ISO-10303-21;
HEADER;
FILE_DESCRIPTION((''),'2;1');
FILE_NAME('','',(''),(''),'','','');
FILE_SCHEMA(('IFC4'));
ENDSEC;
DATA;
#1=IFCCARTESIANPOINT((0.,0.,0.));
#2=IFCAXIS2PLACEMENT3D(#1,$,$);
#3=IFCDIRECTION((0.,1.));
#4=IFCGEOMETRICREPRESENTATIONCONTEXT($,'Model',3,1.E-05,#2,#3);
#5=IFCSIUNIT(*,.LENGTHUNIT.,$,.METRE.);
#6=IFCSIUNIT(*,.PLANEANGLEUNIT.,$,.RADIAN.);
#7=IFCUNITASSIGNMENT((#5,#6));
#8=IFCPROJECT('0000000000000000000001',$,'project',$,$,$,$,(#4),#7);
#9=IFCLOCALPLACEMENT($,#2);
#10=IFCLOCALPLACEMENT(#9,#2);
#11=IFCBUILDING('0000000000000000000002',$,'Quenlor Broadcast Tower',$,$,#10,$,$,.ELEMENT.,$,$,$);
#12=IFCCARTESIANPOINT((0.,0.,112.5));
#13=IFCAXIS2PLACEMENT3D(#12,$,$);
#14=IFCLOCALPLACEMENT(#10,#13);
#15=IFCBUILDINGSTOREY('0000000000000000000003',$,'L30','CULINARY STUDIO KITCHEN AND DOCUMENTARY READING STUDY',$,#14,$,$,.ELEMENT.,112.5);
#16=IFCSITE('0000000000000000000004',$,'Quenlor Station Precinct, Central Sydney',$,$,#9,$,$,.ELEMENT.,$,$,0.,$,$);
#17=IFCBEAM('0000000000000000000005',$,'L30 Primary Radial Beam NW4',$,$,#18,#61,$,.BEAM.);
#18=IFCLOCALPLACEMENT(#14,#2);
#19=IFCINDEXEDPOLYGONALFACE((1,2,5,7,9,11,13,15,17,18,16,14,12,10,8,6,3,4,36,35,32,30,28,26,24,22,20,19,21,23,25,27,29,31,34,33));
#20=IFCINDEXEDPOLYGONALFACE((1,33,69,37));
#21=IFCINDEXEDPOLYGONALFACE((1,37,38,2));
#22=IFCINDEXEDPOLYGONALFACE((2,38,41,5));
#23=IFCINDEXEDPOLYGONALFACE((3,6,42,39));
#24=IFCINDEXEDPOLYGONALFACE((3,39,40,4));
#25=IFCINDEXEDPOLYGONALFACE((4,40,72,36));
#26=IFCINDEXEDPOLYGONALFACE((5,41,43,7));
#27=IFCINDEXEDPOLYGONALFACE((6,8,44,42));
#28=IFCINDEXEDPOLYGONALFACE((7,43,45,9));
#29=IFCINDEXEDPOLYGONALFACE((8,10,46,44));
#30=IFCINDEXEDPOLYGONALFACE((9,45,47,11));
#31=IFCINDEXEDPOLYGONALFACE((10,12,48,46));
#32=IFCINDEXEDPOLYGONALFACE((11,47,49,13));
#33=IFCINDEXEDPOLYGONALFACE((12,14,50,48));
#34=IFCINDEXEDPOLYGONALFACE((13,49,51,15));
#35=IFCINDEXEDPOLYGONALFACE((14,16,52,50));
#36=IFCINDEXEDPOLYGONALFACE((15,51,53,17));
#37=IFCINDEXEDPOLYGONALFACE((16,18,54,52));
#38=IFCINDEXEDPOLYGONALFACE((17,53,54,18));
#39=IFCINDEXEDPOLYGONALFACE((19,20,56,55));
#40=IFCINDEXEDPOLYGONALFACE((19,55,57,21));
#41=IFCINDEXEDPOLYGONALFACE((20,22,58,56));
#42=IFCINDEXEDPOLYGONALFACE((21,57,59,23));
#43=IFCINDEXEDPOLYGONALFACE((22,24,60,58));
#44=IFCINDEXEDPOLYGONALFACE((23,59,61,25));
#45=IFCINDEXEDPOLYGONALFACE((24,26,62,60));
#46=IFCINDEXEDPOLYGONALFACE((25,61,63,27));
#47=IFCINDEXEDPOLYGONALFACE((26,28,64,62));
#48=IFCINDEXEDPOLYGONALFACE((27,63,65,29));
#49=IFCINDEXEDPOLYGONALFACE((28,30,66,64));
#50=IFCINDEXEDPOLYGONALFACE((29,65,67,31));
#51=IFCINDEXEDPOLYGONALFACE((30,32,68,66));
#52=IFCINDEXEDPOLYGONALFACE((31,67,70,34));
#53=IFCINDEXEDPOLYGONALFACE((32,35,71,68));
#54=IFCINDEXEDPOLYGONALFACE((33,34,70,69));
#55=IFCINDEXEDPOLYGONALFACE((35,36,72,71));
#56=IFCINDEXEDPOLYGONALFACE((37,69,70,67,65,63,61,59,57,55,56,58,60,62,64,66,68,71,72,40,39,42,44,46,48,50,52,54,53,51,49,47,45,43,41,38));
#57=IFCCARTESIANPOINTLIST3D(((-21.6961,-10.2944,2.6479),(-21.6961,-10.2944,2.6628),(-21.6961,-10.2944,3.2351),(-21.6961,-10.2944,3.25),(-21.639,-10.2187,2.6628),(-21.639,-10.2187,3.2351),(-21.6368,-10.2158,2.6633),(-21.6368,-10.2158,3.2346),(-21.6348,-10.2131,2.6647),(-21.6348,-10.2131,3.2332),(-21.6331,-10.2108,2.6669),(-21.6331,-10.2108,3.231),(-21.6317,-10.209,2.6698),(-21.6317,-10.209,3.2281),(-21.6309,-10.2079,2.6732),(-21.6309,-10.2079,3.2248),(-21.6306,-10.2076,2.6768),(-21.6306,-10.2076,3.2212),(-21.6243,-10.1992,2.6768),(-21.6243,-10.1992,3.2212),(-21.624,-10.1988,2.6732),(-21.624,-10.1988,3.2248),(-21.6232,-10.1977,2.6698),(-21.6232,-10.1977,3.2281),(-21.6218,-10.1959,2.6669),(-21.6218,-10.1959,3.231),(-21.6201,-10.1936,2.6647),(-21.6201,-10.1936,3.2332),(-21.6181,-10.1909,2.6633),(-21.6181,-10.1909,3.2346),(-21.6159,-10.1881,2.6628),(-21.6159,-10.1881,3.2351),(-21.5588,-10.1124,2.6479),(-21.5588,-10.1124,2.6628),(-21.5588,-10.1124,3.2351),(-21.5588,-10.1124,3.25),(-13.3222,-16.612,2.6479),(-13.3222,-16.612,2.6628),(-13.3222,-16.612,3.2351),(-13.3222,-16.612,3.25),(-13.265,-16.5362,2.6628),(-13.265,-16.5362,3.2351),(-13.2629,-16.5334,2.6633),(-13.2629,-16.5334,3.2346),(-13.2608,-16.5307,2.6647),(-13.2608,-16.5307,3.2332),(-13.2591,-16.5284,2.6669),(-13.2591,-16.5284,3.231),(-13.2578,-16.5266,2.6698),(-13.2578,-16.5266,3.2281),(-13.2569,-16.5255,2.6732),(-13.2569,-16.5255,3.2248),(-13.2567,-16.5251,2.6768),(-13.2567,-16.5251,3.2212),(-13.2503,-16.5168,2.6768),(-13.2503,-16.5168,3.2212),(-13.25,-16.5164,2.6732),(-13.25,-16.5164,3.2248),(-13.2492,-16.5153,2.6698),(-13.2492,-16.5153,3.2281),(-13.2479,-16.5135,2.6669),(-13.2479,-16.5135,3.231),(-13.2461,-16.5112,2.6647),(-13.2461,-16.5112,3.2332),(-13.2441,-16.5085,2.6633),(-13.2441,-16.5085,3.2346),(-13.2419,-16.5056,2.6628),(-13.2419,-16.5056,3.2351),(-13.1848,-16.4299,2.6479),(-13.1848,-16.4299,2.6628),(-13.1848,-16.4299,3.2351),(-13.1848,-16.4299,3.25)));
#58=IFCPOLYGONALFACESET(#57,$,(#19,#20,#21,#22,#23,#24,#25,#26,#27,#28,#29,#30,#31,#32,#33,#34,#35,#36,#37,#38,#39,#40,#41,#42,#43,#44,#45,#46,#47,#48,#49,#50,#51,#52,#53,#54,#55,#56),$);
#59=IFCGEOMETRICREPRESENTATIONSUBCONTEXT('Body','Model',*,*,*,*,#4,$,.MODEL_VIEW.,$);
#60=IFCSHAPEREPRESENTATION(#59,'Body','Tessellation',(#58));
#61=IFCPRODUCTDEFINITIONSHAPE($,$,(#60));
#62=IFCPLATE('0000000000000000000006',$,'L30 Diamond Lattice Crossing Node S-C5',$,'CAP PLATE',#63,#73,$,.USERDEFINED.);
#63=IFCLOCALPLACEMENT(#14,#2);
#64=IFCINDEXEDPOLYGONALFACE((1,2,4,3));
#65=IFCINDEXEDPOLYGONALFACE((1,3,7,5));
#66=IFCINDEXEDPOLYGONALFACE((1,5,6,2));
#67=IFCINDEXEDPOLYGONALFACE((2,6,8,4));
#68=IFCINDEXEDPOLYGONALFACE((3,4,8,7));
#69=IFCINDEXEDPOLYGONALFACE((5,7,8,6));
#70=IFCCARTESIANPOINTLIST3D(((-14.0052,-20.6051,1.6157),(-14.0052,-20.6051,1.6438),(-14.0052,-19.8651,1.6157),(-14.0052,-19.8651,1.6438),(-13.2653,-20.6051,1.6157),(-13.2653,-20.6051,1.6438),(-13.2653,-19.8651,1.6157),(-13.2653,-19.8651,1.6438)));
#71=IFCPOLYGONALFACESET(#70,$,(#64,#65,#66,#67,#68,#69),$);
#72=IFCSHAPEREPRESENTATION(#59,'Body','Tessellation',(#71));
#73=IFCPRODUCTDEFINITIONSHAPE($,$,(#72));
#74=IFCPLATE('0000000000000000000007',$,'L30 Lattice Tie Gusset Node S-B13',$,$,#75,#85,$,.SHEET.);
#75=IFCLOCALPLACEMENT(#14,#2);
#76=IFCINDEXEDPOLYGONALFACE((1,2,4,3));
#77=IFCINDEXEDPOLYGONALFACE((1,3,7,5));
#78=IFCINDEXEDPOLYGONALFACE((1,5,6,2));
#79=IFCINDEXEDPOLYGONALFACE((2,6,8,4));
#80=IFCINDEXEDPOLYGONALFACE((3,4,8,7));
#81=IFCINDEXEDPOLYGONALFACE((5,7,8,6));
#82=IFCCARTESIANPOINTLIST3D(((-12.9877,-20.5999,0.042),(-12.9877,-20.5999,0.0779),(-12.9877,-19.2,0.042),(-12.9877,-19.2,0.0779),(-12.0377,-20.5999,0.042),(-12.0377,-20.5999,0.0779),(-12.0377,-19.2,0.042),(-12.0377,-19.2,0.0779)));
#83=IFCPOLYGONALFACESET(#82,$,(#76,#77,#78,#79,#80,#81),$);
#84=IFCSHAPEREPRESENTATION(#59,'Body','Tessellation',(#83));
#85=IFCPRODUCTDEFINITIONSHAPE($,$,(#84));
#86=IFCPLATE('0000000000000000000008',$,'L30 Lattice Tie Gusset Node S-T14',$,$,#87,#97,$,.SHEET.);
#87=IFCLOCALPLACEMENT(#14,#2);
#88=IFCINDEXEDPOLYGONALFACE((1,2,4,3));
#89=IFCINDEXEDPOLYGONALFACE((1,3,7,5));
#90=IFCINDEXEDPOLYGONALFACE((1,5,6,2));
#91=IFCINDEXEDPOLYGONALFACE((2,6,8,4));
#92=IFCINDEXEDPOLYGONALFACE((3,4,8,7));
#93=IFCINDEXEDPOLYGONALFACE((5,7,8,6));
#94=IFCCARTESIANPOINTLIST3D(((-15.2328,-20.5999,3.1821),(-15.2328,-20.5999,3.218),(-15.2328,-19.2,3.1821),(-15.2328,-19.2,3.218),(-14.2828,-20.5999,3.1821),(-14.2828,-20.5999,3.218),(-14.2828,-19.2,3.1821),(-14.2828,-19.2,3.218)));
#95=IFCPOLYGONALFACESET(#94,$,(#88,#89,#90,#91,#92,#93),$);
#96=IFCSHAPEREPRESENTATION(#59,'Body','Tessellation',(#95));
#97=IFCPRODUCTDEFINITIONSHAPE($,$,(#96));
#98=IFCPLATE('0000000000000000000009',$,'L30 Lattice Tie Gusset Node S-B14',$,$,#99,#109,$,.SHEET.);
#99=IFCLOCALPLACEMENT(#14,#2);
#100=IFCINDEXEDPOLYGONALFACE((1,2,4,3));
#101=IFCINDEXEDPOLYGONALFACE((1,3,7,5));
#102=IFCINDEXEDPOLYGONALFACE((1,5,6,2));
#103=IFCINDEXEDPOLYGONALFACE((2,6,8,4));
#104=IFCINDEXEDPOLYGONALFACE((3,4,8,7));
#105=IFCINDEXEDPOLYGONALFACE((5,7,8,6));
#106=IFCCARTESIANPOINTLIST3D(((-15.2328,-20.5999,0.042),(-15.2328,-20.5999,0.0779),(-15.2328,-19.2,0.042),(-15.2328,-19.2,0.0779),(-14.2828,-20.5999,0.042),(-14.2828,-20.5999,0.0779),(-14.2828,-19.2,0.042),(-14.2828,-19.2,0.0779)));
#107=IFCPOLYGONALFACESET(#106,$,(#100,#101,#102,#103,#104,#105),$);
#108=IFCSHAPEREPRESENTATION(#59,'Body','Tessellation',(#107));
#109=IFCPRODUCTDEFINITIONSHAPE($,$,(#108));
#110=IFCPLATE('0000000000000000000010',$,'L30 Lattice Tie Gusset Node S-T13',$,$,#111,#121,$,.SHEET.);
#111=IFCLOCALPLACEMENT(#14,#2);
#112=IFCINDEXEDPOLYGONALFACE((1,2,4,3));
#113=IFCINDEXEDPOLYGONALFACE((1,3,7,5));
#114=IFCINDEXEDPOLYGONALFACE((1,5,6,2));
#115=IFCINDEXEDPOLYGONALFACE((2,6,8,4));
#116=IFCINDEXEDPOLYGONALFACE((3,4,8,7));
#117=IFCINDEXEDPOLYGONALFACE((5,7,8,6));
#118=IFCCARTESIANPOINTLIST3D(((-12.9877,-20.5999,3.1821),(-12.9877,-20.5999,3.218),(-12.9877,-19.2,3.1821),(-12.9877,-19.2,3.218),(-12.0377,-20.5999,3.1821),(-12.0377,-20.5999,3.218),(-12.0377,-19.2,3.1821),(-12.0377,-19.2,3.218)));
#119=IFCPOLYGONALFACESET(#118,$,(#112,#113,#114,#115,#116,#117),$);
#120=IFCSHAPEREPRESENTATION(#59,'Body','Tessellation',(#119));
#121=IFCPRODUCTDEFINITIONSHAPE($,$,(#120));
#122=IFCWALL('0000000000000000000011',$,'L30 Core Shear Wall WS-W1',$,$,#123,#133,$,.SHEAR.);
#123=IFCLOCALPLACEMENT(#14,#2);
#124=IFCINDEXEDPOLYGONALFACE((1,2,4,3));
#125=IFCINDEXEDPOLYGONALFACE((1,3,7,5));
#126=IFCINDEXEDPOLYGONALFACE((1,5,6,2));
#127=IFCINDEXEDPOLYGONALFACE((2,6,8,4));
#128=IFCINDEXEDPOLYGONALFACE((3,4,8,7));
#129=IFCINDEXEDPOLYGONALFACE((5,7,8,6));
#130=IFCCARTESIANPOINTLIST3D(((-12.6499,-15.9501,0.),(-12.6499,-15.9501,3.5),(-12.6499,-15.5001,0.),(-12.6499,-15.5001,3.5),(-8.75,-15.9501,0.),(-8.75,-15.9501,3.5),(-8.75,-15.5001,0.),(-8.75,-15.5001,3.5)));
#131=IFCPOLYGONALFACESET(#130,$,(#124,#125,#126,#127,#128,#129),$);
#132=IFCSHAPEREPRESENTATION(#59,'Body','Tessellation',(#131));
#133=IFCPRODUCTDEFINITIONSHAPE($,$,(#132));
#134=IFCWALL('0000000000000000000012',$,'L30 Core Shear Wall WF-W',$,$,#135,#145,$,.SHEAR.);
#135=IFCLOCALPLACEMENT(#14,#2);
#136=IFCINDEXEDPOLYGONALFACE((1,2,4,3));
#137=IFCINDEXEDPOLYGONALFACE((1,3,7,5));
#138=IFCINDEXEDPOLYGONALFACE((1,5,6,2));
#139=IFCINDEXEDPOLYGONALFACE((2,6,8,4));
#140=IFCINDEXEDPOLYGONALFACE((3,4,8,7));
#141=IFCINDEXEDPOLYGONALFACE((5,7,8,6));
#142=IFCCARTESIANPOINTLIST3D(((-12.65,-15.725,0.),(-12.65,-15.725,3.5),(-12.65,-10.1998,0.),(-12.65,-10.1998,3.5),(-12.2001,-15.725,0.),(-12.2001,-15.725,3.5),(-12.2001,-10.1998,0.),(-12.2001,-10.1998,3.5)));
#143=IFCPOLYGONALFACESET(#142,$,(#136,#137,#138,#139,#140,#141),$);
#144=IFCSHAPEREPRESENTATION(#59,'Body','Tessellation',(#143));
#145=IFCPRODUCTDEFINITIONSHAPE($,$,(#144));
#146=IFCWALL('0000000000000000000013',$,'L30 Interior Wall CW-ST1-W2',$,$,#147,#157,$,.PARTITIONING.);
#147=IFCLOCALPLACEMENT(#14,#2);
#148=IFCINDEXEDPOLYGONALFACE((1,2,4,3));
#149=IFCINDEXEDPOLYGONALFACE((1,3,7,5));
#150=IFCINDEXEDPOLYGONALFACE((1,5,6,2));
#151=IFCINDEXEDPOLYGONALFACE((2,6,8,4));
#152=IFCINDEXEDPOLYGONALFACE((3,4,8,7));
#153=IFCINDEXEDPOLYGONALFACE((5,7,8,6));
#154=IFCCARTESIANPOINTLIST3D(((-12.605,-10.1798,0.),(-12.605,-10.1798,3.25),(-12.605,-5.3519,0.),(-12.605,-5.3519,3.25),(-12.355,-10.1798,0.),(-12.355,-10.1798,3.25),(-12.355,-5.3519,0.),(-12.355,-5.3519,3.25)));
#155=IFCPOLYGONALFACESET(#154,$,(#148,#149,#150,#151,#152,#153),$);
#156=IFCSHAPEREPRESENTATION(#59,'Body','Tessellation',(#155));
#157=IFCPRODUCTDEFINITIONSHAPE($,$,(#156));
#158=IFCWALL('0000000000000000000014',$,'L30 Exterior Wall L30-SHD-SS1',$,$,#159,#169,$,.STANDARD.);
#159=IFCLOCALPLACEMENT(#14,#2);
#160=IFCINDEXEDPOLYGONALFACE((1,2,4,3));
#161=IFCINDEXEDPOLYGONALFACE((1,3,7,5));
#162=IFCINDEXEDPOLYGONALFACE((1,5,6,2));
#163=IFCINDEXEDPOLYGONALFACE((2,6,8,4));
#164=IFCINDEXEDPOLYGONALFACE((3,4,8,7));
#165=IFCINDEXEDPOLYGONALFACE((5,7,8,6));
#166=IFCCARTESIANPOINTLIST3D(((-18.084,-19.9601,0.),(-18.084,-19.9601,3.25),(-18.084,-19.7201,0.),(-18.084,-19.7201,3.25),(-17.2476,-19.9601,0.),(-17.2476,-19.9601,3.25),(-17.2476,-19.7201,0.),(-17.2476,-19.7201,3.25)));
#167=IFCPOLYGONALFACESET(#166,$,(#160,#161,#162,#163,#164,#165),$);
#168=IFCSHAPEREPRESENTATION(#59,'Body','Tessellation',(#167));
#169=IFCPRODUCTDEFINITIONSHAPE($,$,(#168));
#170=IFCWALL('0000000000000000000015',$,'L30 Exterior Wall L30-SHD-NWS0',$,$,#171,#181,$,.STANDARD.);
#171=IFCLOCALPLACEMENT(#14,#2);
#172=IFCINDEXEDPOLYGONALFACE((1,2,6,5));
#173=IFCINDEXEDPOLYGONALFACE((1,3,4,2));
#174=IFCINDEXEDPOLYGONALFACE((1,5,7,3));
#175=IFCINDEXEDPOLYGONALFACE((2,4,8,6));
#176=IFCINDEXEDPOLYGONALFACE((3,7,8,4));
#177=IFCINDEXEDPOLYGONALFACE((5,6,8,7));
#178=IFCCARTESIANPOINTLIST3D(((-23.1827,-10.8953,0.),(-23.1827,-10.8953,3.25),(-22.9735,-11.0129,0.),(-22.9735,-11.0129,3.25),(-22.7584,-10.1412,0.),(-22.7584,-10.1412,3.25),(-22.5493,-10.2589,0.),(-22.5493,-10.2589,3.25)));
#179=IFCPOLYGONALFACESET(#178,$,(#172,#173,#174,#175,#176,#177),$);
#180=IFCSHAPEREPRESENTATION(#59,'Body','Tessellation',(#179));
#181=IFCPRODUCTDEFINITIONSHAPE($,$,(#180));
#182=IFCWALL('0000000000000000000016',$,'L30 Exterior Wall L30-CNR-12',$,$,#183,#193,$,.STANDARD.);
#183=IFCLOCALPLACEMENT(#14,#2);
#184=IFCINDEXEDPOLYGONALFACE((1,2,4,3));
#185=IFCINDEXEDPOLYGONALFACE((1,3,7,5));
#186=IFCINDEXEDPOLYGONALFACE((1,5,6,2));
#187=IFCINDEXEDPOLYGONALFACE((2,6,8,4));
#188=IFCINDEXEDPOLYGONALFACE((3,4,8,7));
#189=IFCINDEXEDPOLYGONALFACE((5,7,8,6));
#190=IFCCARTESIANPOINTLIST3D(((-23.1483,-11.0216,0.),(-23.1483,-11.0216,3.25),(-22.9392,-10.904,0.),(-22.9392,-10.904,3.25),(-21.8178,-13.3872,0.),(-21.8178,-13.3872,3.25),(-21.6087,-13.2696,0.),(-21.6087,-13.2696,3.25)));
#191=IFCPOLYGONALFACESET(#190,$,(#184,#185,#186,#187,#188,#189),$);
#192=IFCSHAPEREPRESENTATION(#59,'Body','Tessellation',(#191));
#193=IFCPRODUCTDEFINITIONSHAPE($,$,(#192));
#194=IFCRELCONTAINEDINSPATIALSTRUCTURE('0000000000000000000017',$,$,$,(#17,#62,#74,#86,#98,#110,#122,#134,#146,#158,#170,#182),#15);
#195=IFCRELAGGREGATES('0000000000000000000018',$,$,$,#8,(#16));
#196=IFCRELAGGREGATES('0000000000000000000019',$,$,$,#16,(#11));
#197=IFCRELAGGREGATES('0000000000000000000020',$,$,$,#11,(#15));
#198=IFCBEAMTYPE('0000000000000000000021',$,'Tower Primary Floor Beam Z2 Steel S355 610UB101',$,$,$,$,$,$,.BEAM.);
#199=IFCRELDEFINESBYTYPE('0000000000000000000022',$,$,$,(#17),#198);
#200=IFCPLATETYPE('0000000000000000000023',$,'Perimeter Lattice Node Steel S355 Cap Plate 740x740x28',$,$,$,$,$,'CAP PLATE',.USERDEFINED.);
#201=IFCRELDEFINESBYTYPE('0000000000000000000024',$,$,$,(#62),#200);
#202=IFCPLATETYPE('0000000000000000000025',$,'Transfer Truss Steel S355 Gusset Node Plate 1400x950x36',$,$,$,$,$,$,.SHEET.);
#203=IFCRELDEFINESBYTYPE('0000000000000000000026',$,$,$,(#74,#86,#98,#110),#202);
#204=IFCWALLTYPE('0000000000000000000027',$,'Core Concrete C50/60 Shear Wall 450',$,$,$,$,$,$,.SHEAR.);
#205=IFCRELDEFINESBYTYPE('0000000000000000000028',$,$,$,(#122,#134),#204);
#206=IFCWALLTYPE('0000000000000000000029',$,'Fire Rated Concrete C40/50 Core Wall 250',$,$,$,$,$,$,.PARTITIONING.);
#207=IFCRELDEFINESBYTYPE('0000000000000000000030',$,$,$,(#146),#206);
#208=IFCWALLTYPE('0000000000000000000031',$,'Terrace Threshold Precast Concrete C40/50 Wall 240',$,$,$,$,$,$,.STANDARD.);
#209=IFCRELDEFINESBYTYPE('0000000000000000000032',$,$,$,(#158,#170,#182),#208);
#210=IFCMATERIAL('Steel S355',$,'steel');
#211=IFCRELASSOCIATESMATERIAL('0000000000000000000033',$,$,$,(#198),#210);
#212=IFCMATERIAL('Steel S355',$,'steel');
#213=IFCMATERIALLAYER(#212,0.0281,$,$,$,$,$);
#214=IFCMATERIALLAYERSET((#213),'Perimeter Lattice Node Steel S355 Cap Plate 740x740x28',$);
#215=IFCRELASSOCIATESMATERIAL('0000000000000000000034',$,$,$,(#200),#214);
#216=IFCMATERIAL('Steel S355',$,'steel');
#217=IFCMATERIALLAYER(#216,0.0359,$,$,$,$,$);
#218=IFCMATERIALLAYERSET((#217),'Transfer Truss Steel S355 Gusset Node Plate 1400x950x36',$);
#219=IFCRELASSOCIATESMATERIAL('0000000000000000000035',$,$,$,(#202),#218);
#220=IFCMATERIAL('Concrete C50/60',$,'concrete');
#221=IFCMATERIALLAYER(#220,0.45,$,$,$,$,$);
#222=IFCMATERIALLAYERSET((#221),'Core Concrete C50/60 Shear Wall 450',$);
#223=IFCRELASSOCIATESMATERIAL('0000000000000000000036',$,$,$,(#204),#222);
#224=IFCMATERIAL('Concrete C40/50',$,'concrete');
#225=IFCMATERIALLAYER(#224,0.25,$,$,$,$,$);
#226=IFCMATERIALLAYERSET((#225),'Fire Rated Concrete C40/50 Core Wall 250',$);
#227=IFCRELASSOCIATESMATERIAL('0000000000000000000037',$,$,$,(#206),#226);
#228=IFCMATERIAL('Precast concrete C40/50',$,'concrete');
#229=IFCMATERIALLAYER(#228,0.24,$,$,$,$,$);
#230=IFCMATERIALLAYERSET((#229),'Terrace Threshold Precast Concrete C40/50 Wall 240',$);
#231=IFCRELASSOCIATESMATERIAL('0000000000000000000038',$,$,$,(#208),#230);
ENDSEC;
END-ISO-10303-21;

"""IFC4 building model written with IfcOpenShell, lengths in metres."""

from ifc_helpers import new_model, si_unit, direction, frame, frame_2d, origin, origin_2d, place, context, subcontext, project, spatial, rectangle, i_section, extrude, material, layer, layer_set, material_profile, profile_set, type_object, element, save


model = new_model("IFC4")

# Units and contexts
model_context = context("Model", 3, precision=1e-05, world=origin(), true_north=direction((0.0, 1.0)))
body_context = subcontext(model_context, "Body", "Model", "MODEL_VIEW")
ifc_project = project(units=[si_unit("LENGTHUNIT", "METRE"), si_unit("PLANEANGLEUNIT", "RADIAN")], contexts=[model_context])

# Site, building, storey
site_placement = place(None, origin())
site = spatial("IfcSite", under=ifc_project, at=site_placement, Name="Quenlor Station Precinct, Central Sydney", CompositionType="ELEMENT", RefElevation=0.0)
building_placement = place(site_placement, origin())
building = spatial("IfcBuilding", under=site, at=building_placement, Name="Quenlor Broadcast Tower", CompositionType="ELEMENT")
storey_placement = place(building_placement, frame((0.0, 0.0, 112.5)))
storey = spatial("IfcBuildingStorey", under=building, at=storey_placement, Name="L30", Description="CULINARY STUDIO KITCHEN AND DOCUMENTARY READING STUDY", CompositionType="ELEMENT", Elevation=112.5)

# Beam
ifc_material_1 = material(Name="Steel S355", Category="steel")
ifc_material_profile_1 = material_profile(ifc_material_1, i_section(OverallWidth=0.228, OverallDepth=0.6021, WebThickness=0.0105, FlangeThickness=0.0149, FilletRadius=0.0139, at=origin_2d()))
ifc_profile_set_1 = profile_set([ifc_material_profile_1], Name="Steel S355 610UB101")
beam_type_1 = type_object("IfcBeamType", Name="Tower Primary Floor Beam Z2 Steel S355 610UB101", PredefinedType="BEAM", material=ifc_profile_set_1)
beam_1_placement = place(storey_placement, frame((-21.6274, -10.2034, 2.949), z_axis=(0.798299, -0.602262, 0.0), x_axis=(0.602262, 0.798299, 0.0)))
element("IfcBeam", 1, at=beam_1_placement, inside=storey, type_object=beam_type_1, Name="L30 Primary Radial Beam NW4", PredefinedType="BEAM", context=body_context, shape_type="SweptSolid", body=[
    extrude(i_section(OverallWidth=0.228, OverallDepth=0.6021, WebThickness=0.0105, FlangeThickness=0.0149, FilletRadius=0.0139, at=origin_2d()), origin(), (0.0, 0.0, 1.0), 10.4897),
])

# Plates
ifc_material_2 = material(Name="Steel S355", Category="steel")
ifc_layer_1 = layer(ifc_material_2, 0.0281)
ifc_layer_set_1 = layer_set([ifc_layer_1], Name="Perimeter Lattice Node Steel S355 Cap Plate 740x740x28")
plate_type_1 = type_object("IfcPlateType", Name="Perimeter Lattice Node Steel S355 Cap Plate 740x740x28", ElementType="CAP PLATE", PredefinedType="USERDEFINED", material=ifc_layer_set_1)
plate_placement = place(storey_placement, frame((-13.6353, -20.2351, 1.6157), z_axis=(0.0, 0.0, 1.0), x_axis=(-1.0, 0.0, 0.0)))
element("IfcPlate", 2, at=plate_placement, inside=storey, type_object=plate_type_1, Name="L30 Diamond Lattice Crossing Node S-C5", ObjectType="CAP PLATE", PredefinedType="USERDEFINED", context=body_context, shape_type="SweptSolid", body=[
    extrude(rectangle(XDim=0.74, YDim=0.74, at=origin_2d()), origin(), (0.0, 0.0, 1.0), 0.0281),
])
ifc_material_3 = material(Name="Steel S355", Category="steel")
ifc_layer_2 = layer(ifc_material_3, 0.0359)
ifc_layer_set_2 = layer_set([ifc_layer_2], Name="Transfer Truss Steel S355 Gusset Node Plate 1400x950x36")
plate_type_2 = type_object("IfcPlateType", Name="Transfer Truss Steel S355 Gusset Node Plate 1400x950x36", PredefinedType="SHEET", material=ifc_layer_set_2)
for number, where, z_axis, x_axis, name in (
    (3, (-12.5127, -19.8999, 0.042), (0.0, 0.0, 1.0), (0.0, -1.0, 0.0), "L30 Lattice Tie Gusset Node S-B13"),
    (4, (-14.7578, -19.8999, 3.1821), (0.0, 0.0, 1.0), (0.0, -1.0, 0.0), "L30 Lattice Tie Gusset Node S-T14"),
    (5, (-14.7578, -19.8999, 0.042), (0.0, 0.0, 1.0), (0.0, -1.0, 0.0), "L30 Lattice Tie Gusset Node S-B14"),
    (6, (-12.5127, -19.8999, 3.1821), (0.0, 0.0, 1.0), (0.0, -1.0, 0.0), "L30 Lattice Tie Gusset Node S-T13"),
):
    element("IfcPlate", number, at=place(storey_placement, frame(where, z_axis=z_axis, x_axis=x_axis)), inside=storey, type_object=plate_type_2, Name=name, PredefinedType="SHEET", context=body_context, shape_type="SweptSolid", body=[
        extrude(rectangle(XDim=1.3999, YDim=0.95, at=origin_2d()), origin(), (0.0, 0.0, 1.0), 0.0359),
    ])

# Walls
ifc_material_4 = material(Name="Concrete C50/60", Category="concrete")
ifc_layer_3 = layer(ifc_material_4, 0.45)
ifc_layer_set_3 = layer_set([ifc_layer_3], Name="Core Concrete C50/60 Shear Wall 450")
wall_type_1 = type_object("IfcWallType", Name="Core Concrete C50/60 Shear Wall 450", PredefinedType="SHEAR", material=ifc_layer_set_3)
wall_1_placement = place(storey_placement, frame((-12.6499, -15.7251, 0.0), z_axis=(0.0, 0.0, 1.0), x_axis=(1.0, 0.0, 0.0)))
element("IfcWall", 7, at=wall_1_placement, inside=storey, type_object=wall_type_1, Name="L30 Core Shear Wall WS-W1", PredefinedType="SHEAR", context=body_context, shape_type="SweptSolid", body=[
    extrude(rectangle(XDim=3.8999, YDim=0.45, at=frame_2d((1.95, 0.0))), origin(), (0.0, 0.0, 1.0), 3.5),
])
wall_2_placement = place(storey_placement, frame((-12.425, -15.7251, 0.0), z_axis=(0.0, 0.0, 1.0), x_axis=(0.0, 1.0, 0.0)))
element("IfcWall", 8, at=wall_2_placement, inside=storey, type_object=wall_type_1, Name="L30 Core Shear Wall WF-W", PredefinedType="SHEAR", context=body_context, shape_type="SweptSolid", body=[
    extrude(rectangle(XDim=5.5251, YDim=0.45, at=frame_2d((2.7627, 0.0))), origin(), (0.0, 0.0, 1.0), 3.5),
])
ifc_material_5 = material(Name="Concrete C40/50", Category="concrete")
ifc_layer_4 = layer(ifc_material_5, 0.25)
ifc_layer_set_4 = layer_set([ifc_layer_4], Name="Fire Rated Concrete C40/50 Core Wall 250")
wall_type_2 = type_object("IfcWallType", Name="Fire Rated Concrete C40/50 Core Wall 250", PredefinedType="PARTITIONING", material=ifc_layer_set_4)
wall_3_placement = place(storey_placement, frame((-12.48, -10.1799, 0.0), z_axis=(0.0, 0.0, 1.0), x_axis=(0.0, 1.0, 0.0)))
element("IfcWall", 9, at=wall_3_placement, inside=storey, type_object=wall_type_2, Name="L30 Interior Wall CW-ST1-W2", PredefinedType="PARTITIONING", context=body_context, shape_type="SweptSolid", body=[
    extrude(rectangle(XDim=4.8279, YDim=0.25, at=frame_2d((2.4141, 0.0))), origin(), (0.0, 0.0, 1.0), 3.25),
])
ifc_material_6 = material(Name="Precast concrete C40/50", Category="concrete")
ifc_layer_5 = layer(ifc_material_6, 0.24)
ifc_layer_set_5 = layer_set([ifc_layer_5], Name="Terrace Threshold Precast Concrete C40/50 Wall 240")
wall_type_3 = type_object("IfcWallType", Name="Terrace Threshold Precast Concrete C40/50 Wall 240", PredefinedType="STANDARD", material=ifc_layer_set_5)
wall_4_placement = place(storey_placement, frame((-17.2476, -19.8401, 0.0), z_axis=(0.0, 0.0, 1.0), x_axis=(-1.0, 0.0, 0.0)))
element("IfcWall", 10, at=wall_4_placement, inside=storey, type_object=wall_type_3, Name="L30 Exterior Wall L30-SHD-SS1", PredefinedType="STANDARD", context=body_context, shape_type="SweptSolid", body=[
    extrude(rectangle(XDim=0.8364, YDim=0.24, at=frame_2d((0.4182, 0.0))), origin(), (0.0, 0.0, 1.0), 3.25),
])
wall_5_placement = place(storey_placement, frame((-23.0781, -10.9541, 0.0), z_axis=(0.0, 0.0, 1.0), x_axis=(0.490355, 0.871523, 0.0)))
element("IfcWall", 11, at=wall_5_placement, inside=storey, type_object=wall_type_3, Name="L30 Exterior Wall L30-SHD-NWS0", PredefinedType="STANDARD", context=body_context, shape_type="SweptSolid", body=[
    extrude(rectangle(XDim=0.8652, YDim=0.24, at=frame_2d((0.4326, 0.0))), origin(), (0.0, 0.0, 1.0), 3.25),
])
wall_6_placement = place(storey_placement, frame((-23.0437, -10.9629, 0.0), z_axis=(0.0, 0.0, 1.0), x_axis=(0.490219, -0.8716, 0.0)))
element("IfcWall", 12, at=wall_6_placement, inside=storey, type_object=wall_type_3, Name="L30 Exterior Wall L30-CNR-12", PredefinedType="STANDARD", context=body_context, shape_type="SweptSolid", body=[
    extrude(rectangle(XDim=2.7141, YDim=0.24, at=frame_2d((1.3569, 0.0))), origin(), (0.0, 0.0, 1.0), 3.25),
])

save(model, "model.ifc")
